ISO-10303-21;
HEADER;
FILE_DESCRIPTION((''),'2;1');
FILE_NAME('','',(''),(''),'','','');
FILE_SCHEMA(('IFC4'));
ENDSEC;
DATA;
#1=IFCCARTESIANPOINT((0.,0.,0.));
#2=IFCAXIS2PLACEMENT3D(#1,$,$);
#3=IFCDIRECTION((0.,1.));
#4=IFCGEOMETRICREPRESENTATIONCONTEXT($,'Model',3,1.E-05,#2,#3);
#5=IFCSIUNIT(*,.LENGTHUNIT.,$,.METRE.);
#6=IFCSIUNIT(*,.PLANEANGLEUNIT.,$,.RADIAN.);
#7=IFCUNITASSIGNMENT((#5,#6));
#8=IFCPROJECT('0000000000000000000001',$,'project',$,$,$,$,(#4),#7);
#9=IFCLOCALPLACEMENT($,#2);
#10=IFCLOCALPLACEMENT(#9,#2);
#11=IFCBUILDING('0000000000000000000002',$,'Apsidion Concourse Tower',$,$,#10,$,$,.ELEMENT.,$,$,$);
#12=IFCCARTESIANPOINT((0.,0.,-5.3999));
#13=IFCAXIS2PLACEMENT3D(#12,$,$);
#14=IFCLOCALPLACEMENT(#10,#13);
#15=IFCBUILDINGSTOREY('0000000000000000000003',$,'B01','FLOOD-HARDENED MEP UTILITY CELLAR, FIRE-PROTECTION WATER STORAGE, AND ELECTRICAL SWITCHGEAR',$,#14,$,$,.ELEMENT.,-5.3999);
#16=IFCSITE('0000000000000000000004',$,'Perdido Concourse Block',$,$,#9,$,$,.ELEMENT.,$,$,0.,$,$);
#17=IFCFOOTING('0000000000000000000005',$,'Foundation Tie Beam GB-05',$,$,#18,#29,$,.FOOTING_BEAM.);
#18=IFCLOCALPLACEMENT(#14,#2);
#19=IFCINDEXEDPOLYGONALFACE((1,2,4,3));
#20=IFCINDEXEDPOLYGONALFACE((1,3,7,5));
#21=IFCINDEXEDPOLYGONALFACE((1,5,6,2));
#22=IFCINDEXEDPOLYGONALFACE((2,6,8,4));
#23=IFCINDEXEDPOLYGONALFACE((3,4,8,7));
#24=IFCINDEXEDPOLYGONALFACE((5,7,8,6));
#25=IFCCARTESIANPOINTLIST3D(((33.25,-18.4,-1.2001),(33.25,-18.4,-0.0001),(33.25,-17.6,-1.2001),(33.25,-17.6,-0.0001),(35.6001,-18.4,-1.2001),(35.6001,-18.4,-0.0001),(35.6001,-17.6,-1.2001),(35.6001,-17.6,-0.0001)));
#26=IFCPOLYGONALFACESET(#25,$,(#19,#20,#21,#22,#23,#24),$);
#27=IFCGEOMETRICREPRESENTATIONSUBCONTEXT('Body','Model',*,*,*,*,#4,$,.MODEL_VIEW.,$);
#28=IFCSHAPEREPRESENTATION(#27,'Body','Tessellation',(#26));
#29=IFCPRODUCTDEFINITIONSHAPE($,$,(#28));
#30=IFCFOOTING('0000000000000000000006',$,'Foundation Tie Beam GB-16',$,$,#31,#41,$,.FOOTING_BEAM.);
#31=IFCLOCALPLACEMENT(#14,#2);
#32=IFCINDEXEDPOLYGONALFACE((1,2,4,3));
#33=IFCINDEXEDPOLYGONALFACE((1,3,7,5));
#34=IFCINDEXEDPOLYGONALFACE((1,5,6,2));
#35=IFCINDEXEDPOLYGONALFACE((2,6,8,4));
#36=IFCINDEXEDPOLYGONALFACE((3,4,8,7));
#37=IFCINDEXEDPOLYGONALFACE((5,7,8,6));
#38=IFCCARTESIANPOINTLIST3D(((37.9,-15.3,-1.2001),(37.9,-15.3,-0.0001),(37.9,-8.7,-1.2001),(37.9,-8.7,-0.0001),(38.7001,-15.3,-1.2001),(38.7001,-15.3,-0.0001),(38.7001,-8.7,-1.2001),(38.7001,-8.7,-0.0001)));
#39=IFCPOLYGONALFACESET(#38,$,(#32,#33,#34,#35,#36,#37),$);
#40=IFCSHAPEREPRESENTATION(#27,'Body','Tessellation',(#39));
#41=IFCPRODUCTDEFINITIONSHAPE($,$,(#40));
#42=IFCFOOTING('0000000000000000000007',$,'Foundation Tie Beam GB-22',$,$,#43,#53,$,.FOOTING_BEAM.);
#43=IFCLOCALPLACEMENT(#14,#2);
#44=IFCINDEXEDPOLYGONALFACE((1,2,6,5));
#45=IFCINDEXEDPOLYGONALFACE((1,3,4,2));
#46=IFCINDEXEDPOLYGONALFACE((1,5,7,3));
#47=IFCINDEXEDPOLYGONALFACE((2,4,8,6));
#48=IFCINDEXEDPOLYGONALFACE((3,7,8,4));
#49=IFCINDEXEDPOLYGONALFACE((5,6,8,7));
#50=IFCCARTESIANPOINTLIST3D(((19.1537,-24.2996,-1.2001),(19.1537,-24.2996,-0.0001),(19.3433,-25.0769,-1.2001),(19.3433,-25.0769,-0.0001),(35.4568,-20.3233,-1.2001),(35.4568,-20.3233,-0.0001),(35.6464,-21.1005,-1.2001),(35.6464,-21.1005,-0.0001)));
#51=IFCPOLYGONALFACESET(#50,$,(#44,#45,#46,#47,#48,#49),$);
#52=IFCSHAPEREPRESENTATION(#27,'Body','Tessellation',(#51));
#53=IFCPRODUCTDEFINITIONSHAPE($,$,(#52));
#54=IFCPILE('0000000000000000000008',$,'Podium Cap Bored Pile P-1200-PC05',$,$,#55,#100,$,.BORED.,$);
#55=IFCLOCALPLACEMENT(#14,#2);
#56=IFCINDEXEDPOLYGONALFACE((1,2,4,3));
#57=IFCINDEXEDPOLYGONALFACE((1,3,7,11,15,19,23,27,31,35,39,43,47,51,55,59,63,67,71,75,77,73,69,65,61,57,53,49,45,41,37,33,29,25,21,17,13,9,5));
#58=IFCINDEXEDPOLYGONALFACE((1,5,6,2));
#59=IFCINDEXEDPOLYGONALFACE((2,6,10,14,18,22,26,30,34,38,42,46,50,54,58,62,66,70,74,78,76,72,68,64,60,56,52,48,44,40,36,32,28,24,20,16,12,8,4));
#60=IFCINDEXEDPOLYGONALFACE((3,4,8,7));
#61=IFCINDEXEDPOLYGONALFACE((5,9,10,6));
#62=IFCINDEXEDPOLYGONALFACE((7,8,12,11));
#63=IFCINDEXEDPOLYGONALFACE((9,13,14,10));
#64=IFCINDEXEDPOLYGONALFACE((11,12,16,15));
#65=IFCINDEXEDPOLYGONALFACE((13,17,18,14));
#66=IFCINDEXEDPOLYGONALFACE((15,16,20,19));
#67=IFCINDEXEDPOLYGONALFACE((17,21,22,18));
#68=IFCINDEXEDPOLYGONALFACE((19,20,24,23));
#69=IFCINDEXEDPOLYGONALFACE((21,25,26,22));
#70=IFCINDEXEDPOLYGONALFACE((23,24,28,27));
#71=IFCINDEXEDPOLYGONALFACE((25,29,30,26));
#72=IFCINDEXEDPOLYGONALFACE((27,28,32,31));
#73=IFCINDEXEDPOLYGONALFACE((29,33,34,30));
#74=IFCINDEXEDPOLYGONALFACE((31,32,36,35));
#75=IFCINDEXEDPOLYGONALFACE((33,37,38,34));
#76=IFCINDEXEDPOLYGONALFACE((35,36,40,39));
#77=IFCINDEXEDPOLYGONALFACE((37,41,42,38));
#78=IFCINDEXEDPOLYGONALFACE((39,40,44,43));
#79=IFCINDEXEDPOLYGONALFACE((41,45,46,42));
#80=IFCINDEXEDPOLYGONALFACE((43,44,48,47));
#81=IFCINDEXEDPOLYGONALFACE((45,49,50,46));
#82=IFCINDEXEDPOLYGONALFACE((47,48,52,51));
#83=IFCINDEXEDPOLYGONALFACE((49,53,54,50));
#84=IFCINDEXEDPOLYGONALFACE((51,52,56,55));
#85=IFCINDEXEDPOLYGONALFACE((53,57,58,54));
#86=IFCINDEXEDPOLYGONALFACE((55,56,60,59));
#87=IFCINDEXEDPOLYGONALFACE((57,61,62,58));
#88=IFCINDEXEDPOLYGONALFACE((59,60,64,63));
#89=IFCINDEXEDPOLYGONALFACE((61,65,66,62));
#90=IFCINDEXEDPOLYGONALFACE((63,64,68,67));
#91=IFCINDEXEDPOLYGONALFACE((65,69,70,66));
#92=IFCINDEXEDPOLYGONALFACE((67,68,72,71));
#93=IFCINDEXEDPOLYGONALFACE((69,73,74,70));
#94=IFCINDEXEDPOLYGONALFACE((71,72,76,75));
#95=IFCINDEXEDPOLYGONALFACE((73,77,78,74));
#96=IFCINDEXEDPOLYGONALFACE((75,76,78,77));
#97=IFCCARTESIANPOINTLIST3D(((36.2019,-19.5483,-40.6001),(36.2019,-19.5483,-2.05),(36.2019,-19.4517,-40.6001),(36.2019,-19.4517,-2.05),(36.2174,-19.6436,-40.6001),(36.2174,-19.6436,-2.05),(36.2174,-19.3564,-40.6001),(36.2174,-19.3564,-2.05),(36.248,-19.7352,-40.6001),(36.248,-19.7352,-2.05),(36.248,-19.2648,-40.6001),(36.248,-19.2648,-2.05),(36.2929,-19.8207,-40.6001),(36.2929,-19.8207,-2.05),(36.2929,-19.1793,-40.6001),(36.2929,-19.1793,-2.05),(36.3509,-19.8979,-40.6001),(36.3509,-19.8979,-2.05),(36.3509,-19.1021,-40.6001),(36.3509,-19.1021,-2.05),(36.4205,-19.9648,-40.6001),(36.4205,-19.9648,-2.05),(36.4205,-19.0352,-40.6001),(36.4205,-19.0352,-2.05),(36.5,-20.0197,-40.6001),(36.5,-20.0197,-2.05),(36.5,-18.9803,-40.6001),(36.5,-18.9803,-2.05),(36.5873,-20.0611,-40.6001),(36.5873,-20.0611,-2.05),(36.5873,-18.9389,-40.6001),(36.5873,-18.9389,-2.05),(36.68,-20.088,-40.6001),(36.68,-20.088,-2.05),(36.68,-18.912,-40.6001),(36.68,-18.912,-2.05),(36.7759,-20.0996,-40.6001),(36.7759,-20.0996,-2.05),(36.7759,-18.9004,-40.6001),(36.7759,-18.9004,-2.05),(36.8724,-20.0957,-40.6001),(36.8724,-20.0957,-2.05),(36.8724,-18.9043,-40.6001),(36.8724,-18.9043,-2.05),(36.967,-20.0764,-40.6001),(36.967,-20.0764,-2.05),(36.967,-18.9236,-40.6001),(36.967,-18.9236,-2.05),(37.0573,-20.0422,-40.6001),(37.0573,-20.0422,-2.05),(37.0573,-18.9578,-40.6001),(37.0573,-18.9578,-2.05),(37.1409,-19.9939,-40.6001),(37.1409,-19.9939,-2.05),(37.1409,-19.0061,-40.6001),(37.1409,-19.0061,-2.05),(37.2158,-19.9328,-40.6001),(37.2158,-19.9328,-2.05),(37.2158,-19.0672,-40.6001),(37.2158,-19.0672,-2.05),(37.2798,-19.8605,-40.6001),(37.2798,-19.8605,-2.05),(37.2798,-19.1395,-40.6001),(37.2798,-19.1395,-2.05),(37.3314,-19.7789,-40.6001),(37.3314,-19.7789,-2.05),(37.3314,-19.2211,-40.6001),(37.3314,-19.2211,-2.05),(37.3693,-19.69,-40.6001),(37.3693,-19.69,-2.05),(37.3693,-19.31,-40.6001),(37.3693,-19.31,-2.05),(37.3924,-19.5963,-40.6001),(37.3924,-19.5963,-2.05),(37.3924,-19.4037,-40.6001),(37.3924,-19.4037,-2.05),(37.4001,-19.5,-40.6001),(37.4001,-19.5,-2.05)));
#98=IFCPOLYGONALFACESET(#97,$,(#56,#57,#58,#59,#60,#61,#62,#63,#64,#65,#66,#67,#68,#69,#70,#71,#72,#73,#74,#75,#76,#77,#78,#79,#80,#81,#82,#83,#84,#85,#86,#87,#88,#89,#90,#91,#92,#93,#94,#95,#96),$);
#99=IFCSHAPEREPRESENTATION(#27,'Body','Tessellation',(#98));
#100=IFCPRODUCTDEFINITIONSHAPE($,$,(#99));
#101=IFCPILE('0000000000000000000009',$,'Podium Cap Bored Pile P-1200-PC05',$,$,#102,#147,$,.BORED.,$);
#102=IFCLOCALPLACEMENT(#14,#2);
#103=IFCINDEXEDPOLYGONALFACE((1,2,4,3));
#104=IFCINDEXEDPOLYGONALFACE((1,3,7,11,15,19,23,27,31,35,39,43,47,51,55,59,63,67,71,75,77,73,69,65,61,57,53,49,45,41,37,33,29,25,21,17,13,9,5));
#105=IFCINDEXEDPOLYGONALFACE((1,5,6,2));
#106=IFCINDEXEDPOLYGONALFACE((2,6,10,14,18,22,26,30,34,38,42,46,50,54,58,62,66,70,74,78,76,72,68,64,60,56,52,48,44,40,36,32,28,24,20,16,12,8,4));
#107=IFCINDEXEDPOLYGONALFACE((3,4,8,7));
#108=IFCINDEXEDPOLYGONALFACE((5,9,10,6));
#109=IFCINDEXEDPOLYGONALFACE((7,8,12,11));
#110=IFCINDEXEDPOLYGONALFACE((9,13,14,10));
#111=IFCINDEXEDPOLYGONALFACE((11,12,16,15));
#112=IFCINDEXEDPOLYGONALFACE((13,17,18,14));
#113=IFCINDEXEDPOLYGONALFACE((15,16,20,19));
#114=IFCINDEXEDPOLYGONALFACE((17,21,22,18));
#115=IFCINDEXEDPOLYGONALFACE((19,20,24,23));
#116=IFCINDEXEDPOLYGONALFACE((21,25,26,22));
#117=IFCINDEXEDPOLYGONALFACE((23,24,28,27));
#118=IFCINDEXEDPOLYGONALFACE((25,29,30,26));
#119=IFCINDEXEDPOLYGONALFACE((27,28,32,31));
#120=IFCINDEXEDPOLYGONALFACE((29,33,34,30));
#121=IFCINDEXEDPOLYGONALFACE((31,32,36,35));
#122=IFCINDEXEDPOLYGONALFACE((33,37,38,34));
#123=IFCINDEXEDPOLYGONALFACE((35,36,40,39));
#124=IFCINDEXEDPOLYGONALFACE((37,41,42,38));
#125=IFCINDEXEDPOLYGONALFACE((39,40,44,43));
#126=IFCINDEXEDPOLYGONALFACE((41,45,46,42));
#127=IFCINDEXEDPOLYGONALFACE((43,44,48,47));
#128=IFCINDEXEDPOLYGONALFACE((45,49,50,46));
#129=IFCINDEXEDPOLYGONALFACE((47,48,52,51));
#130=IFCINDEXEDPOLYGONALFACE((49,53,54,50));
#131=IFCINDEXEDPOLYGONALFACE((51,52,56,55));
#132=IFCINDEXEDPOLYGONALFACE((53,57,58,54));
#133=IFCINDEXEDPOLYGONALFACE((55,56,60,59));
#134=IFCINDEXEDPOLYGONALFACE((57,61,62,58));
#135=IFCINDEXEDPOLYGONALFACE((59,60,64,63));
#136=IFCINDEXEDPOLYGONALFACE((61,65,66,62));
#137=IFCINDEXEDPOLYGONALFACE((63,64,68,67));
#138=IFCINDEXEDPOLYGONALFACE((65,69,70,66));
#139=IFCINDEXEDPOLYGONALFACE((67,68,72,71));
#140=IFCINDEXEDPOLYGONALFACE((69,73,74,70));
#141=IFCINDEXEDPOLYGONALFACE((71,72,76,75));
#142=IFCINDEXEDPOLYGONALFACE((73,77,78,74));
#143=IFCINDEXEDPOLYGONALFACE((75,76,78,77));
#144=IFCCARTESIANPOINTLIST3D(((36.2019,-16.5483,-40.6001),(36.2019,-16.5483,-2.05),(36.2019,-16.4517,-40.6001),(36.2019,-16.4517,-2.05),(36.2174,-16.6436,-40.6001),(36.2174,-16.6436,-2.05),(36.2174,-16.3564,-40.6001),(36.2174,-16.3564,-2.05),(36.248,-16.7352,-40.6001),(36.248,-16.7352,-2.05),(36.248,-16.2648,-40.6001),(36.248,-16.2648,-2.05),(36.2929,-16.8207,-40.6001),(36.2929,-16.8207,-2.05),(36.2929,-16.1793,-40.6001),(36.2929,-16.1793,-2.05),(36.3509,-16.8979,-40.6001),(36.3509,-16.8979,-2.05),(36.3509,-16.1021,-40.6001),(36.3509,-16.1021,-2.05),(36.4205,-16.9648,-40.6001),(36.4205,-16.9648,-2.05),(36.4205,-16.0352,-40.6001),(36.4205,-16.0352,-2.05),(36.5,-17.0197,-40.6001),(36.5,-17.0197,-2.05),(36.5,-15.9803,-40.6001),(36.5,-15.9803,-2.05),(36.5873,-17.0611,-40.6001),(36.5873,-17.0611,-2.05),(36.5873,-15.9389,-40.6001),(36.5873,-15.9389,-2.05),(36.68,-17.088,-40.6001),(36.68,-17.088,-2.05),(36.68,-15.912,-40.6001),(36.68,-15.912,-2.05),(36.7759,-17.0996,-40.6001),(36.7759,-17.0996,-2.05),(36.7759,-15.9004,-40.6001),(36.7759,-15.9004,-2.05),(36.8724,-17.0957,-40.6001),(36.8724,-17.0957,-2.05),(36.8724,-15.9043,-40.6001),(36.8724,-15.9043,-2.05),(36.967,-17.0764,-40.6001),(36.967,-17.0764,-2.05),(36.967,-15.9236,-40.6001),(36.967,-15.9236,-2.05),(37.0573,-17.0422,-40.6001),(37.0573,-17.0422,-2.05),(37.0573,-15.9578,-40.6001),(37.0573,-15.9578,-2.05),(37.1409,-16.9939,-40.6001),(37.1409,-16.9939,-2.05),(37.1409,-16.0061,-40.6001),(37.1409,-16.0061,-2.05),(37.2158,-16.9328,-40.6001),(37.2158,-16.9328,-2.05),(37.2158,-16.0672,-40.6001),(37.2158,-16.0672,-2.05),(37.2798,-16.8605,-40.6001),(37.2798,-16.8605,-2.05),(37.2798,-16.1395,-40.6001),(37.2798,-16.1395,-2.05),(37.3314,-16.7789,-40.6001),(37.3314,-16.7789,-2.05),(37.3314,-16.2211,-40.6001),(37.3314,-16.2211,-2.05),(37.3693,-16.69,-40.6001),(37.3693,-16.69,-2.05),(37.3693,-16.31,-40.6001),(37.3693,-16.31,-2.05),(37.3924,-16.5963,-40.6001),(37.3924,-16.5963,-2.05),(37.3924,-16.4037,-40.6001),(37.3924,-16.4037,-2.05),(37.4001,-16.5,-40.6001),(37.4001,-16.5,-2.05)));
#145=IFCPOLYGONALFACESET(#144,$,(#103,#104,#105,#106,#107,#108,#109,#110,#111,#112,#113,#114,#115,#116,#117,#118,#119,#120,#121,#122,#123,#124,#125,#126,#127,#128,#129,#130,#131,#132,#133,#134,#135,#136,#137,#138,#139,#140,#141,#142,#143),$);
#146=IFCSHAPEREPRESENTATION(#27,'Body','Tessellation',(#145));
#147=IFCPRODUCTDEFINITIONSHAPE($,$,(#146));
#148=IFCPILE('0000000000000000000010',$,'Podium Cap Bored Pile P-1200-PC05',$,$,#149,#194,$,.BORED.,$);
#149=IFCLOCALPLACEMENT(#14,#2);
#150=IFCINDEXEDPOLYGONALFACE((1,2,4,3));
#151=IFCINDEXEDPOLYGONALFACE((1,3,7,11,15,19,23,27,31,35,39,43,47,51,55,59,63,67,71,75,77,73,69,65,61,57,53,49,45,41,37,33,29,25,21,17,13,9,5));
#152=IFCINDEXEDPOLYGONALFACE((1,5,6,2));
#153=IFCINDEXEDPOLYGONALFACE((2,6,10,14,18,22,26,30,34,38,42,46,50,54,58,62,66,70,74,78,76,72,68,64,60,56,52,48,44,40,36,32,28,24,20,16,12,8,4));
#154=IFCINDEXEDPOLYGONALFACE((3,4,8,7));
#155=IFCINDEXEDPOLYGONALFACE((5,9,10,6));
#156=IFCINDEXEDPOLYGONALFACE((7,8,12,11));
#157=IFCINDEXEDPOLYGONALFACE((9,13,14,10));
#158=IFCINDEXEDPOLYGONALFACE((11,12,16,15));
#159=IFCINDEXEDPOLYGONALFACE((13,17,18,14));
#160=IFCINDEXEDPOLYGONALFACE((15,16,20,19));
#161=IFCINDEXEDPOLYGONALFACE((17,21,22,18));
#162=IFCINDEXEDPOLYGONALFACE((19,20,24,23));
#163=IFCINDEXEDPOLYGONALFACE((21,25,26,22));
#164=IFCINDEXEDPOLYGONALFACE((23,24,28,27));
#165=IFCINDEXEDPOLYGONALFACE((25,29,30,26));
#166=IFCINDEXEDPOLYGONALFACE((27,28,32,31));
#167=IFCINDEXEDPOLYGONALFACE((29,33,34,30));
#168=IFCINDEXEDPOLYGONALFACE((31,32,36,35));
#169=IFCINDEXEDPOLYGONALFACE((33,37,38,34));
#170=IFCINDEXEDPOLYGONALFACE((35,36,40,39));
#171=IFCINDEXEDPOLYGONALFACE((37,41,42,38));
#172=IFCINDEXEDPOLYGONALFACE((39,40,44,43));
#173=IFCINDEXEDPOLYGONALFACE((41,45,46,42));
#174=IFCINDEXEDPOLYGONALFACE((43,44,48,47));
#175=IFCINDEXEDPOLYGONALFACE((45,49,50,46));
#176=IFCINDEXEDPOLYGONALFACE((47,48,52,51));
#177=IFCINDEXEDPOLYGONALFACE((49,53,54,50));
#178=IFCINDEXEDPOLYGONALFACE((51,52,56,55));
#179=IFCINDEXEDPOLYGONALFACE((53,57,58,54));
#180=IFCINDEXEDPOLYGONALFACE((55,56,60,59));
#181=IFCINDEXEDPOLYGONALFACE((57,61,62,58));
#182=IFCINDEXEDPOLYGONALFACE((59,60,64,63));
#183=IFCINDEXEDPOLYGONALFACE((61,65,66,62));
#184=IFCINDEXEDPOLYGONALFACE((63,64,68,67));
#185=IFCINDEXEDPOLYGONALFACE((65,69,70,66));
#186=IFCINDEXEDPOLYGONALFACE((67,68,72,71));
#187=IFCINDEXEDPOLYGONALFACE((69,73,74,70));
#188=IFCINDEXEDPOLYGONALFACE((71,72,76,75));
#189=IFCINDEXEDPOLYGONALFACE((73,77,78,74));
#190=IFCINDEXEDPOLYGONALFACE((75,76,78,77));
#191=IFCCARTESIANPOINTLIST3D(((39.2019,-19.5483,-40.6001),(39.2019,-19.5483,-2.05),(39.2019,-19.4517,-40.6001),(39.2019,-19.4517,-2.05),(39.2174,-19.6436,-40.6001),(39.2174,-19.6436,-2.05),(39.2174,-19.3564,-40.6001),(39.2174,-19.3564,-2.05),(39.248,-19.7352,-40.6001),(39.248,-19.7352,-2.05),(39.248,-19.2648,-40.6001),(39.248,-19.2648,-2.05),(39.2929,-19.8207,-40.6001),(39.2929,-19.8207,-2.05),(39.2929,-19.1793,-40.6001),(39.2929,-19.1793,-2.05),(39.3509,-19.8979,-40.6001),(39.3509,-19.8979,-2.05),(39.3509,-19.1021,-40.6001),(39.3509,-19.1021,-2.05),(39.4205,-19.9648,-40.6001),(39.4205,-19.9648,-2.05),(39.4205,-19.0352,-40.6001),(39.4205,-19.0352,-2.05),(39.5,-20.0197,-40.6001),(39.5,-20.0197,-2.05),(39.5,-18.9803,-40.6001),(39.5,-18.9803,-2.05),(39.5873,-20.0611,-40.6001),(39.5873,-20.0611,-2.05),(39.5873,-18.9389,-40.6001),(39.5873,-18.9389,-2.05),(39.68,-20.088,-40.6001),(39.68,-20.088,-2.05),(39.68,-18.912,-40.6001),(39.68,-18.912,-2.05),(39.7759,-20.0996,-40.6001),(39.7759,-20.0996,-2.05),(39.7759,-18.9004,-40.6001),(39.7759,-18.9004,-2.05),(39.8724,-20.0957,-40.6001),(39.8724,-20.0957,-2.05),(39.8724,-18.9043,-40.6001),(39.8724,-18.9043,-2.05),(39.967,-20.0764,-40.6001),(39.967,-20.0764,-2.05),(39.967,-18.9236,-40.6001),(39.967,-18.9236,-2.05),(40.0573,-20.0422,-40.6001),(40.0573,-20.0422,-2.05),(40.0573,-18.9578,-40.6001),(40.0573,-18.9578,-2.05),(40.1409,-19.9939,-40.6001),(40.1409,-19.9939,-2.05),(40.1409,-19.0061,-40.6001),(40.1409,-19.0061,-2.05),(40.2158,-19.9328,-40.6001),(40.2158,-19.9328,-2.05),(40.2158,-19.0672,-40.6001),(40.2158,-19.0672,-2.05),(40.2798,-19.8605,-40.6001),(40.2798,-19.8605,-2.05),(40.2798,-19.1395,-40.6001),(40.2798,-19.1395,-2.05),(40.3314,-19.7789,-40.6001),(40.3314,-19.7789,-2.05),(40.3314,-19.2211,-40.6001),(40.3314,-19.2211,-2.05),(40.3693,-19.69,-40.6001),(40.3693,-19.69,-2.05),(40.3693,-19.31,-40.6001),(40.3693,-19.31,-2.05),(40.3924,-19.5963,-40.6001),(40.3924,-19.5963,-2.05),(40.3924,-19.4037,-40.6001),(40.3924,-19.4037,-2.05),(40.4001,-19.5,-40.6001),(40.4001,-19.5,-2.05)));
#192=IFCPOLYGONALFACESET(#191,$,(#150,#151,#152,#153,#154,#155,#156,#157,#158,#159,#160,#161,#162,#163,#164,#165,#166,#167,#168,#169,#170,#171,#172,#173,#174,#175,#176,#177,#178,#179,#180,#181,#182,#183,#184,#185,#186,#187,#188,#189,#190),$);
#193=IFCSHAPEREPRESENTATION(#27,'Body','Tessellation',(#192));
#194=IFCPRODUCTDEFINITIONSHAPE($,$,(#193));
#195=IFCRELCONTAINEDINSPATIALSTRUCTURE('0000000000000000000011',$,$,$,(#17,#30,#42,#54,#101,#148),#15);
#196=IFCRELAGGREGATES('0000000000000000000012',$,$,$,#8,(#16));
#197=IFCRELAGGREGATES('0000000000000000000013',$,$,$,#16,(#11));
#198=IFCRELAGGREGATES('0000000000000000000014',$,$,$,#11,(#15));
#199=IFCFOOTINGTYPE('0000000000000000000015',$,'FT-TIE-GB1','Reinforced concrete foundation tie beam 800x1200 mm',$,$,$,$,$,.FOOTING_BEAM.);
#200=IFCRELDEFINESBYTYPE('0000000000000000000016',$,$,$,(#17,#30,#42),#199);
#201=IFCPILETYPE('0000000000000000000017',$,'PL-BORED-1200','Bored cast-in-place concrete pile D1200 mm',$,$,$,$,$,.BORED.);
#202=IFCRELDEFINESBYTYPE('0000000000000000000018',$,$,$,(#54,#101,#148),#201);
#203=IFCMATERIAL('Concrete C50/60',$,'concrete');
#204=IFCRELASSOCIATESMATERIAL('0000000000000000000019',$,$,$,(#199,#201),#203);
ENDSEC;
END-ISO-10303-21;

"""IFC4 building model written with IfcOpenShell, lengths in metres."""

from ifc_helpers import new_model, si_unit, direction, frame, origin, origin_2d, place, context, subcontext, project, spatial, rectangle, circle, extrude, material, material_profile, profile_set, type_object, element, save


model = new_model("IFC4")

# Units and contexts
model_context = context("Model", 3, precision=1e-05, world=origin(), true_north=direction((0.0, 1.0)))
body_context = subcontext(model_context, "Body", "Model", "MODEL_VIEW")
ifc_project = project(units=[si_unit("LENGTHUNIT", "METRE"), si_unit("PLANEANGLEUNIT", "RADIAN")], contexts=[model_context])

# Site, building, storey
site_placement = place(None, origin())
site = spatial("IfcSite", under=ifc_project, at=site_placement, Name="Perdido Concourse Block", CompositionType="ELEMENT", RefElevation=0.0)
building_placement = place(site_placement, origin())
building = spatial("IfcBuilding", under=site, at=building_placement, Name="Apsidion Concourse Tower", CompositionType="ELEMENT")
storey_placement = place(building_placement, frame((0.0, 0.0, -5.3999)))
storey = spatial("IfcBuildingStorey", under=building, at=storey_placement, Name="B01", Description="FLOOD-HARDENED MEP UTILITY CELLAR, FIRE-PROTECTION WATER STORAGE, AND ELECTRICAL SWITCHGEAR", CompositionType="ELEMENT", Elevation=-5.3999)

# Footings
ifc_material_1 = material(Name="Concrete C50/60", Category="concrete")
ifc_material_profile_1 = material_profile(ifc_material_1, rectangle(XDim=0.8, YDim=1.2, at=origin_2d()), Name="RC 800x1200")
ifc_profile_set_1 = profile_set([ifc_material_profile_1], Name="Concrete C50/60")
footing_type = type_object("IfcFootingType", Name="FT-TIE-GB1", Description="Reinforced concrete foundation tie beam 800x1200 mm", PredefinedType="FOOTING_BEAM", material=ifc_profile_set_1)
footing_1_placement = place(storey_placement, frame((33.25, -18.0, -0.6001), z_axis=(1.0, 0.0, 0.0), x_axis=(0.0, 1.0, 0.0)))
element("IfcFooting", 1, at=footing_1_placement, inside=storey, type_object=footing_type, Name="Foundation Tie Beam GB-05", PredefinedType="FOOTING_BEAM", context=body_context, shape_type="SweptSolid", body=[
    extrude(rectangle(XDim=0.8, YDim=1.2, at=origin_2d()), origin(), (0.0, 0.0, 1.0), 2.3501),
])
footing_2_placement = place(storey_placement, frame((38.3, -15.3, -0.6001), z_axis=(0.0, 1.0, 0.0), x_axis=(-1.0, 0.0, 0.0)))
element("IfcFooting", 2, at=footing_2_placement, inside=storey, type_object=footing_type, Name="Foundation Tie Beam GB-16", PredefinedType="FOOTING_BEAM", context=body_context, shape_type="SweptSolid", body=[
    extrude(rectangle(XDim=0.8, YDim=1.2, at=origin_2d()), origin(), (0.0, 0.0, 1.0), 6.6001),
])
footing_3_placement = place(storey_placement, frame((19.2485, -24.6882, -0.6001), z_axis=(0.971521, 0.236955, 0.0), x_axis=(-0.236955, 0.971521, 0.0)))
element("IfcFooting", 3, at=footing_3_placement, inside=storey, type_object=footing_type, Name="Foundation Tie Beam GB-22", PredefinedType="FOOTING_BEAM", context=body_context, shape_type="SweptSolid", body=[
    extrude(rectangle(XDim=0.8, YDim=1.2, at=origin_2d()), origin(), (0.0, 0.0, 1.0), 16.781),
])

# Piles
ifc_material_profile_2 = material_profile(ifc_material_1, circle(Radius=0.6001, at=origin_2d()), Name="BORED PILE D1200")
ifc_profile_set_2 = profile_set([ifc_material_profile_2], Name="Concrete C50/60")
pile_type_1 = type_object("IfcPileType", Name="PL-BORED-1200", Description="Bored cast-in-place concrete pile D1200 mm", PredefinedType="BORED", material=ifc_profile_set_2)
for number, where, z_axis, x_axis, name in (
    (4, (36.8, -19.5, -2.05), (0.0, 0.0, -1.0), (1.0, 0.0, 0.0), "Podium Cap Bored Pile P-1200-PC05"),
    (5, (36.8, -16.5, -2.05), (0.0, 0.0, -1.0), (1.0, 0.0, 0.0), "Podium Cap Bored Pile P-1200-PC05"),
    (6, (39.8, -19.5, -2.05), (0.0, 0.0, -1.0), (1.0, 0.0, 0.0), "Podium Cap Bored Pile P-1200-PC05"),
):
    element("IfcPile", number, at=place(storey_placement, frame(where, z_axis=z_axis, x_axis=x_axis)), inside=storey, type_object=pile_type_1, Name=name, PredefinedType="BORED", context=body_context, shape_type="SweptSolid", body=[
        extrude(circle(Radius=0.6001, at=origin_2d()), origin(), (0.0, 0.0, 1.0), 38.55),
    ])

save(model, "model.ifc")
